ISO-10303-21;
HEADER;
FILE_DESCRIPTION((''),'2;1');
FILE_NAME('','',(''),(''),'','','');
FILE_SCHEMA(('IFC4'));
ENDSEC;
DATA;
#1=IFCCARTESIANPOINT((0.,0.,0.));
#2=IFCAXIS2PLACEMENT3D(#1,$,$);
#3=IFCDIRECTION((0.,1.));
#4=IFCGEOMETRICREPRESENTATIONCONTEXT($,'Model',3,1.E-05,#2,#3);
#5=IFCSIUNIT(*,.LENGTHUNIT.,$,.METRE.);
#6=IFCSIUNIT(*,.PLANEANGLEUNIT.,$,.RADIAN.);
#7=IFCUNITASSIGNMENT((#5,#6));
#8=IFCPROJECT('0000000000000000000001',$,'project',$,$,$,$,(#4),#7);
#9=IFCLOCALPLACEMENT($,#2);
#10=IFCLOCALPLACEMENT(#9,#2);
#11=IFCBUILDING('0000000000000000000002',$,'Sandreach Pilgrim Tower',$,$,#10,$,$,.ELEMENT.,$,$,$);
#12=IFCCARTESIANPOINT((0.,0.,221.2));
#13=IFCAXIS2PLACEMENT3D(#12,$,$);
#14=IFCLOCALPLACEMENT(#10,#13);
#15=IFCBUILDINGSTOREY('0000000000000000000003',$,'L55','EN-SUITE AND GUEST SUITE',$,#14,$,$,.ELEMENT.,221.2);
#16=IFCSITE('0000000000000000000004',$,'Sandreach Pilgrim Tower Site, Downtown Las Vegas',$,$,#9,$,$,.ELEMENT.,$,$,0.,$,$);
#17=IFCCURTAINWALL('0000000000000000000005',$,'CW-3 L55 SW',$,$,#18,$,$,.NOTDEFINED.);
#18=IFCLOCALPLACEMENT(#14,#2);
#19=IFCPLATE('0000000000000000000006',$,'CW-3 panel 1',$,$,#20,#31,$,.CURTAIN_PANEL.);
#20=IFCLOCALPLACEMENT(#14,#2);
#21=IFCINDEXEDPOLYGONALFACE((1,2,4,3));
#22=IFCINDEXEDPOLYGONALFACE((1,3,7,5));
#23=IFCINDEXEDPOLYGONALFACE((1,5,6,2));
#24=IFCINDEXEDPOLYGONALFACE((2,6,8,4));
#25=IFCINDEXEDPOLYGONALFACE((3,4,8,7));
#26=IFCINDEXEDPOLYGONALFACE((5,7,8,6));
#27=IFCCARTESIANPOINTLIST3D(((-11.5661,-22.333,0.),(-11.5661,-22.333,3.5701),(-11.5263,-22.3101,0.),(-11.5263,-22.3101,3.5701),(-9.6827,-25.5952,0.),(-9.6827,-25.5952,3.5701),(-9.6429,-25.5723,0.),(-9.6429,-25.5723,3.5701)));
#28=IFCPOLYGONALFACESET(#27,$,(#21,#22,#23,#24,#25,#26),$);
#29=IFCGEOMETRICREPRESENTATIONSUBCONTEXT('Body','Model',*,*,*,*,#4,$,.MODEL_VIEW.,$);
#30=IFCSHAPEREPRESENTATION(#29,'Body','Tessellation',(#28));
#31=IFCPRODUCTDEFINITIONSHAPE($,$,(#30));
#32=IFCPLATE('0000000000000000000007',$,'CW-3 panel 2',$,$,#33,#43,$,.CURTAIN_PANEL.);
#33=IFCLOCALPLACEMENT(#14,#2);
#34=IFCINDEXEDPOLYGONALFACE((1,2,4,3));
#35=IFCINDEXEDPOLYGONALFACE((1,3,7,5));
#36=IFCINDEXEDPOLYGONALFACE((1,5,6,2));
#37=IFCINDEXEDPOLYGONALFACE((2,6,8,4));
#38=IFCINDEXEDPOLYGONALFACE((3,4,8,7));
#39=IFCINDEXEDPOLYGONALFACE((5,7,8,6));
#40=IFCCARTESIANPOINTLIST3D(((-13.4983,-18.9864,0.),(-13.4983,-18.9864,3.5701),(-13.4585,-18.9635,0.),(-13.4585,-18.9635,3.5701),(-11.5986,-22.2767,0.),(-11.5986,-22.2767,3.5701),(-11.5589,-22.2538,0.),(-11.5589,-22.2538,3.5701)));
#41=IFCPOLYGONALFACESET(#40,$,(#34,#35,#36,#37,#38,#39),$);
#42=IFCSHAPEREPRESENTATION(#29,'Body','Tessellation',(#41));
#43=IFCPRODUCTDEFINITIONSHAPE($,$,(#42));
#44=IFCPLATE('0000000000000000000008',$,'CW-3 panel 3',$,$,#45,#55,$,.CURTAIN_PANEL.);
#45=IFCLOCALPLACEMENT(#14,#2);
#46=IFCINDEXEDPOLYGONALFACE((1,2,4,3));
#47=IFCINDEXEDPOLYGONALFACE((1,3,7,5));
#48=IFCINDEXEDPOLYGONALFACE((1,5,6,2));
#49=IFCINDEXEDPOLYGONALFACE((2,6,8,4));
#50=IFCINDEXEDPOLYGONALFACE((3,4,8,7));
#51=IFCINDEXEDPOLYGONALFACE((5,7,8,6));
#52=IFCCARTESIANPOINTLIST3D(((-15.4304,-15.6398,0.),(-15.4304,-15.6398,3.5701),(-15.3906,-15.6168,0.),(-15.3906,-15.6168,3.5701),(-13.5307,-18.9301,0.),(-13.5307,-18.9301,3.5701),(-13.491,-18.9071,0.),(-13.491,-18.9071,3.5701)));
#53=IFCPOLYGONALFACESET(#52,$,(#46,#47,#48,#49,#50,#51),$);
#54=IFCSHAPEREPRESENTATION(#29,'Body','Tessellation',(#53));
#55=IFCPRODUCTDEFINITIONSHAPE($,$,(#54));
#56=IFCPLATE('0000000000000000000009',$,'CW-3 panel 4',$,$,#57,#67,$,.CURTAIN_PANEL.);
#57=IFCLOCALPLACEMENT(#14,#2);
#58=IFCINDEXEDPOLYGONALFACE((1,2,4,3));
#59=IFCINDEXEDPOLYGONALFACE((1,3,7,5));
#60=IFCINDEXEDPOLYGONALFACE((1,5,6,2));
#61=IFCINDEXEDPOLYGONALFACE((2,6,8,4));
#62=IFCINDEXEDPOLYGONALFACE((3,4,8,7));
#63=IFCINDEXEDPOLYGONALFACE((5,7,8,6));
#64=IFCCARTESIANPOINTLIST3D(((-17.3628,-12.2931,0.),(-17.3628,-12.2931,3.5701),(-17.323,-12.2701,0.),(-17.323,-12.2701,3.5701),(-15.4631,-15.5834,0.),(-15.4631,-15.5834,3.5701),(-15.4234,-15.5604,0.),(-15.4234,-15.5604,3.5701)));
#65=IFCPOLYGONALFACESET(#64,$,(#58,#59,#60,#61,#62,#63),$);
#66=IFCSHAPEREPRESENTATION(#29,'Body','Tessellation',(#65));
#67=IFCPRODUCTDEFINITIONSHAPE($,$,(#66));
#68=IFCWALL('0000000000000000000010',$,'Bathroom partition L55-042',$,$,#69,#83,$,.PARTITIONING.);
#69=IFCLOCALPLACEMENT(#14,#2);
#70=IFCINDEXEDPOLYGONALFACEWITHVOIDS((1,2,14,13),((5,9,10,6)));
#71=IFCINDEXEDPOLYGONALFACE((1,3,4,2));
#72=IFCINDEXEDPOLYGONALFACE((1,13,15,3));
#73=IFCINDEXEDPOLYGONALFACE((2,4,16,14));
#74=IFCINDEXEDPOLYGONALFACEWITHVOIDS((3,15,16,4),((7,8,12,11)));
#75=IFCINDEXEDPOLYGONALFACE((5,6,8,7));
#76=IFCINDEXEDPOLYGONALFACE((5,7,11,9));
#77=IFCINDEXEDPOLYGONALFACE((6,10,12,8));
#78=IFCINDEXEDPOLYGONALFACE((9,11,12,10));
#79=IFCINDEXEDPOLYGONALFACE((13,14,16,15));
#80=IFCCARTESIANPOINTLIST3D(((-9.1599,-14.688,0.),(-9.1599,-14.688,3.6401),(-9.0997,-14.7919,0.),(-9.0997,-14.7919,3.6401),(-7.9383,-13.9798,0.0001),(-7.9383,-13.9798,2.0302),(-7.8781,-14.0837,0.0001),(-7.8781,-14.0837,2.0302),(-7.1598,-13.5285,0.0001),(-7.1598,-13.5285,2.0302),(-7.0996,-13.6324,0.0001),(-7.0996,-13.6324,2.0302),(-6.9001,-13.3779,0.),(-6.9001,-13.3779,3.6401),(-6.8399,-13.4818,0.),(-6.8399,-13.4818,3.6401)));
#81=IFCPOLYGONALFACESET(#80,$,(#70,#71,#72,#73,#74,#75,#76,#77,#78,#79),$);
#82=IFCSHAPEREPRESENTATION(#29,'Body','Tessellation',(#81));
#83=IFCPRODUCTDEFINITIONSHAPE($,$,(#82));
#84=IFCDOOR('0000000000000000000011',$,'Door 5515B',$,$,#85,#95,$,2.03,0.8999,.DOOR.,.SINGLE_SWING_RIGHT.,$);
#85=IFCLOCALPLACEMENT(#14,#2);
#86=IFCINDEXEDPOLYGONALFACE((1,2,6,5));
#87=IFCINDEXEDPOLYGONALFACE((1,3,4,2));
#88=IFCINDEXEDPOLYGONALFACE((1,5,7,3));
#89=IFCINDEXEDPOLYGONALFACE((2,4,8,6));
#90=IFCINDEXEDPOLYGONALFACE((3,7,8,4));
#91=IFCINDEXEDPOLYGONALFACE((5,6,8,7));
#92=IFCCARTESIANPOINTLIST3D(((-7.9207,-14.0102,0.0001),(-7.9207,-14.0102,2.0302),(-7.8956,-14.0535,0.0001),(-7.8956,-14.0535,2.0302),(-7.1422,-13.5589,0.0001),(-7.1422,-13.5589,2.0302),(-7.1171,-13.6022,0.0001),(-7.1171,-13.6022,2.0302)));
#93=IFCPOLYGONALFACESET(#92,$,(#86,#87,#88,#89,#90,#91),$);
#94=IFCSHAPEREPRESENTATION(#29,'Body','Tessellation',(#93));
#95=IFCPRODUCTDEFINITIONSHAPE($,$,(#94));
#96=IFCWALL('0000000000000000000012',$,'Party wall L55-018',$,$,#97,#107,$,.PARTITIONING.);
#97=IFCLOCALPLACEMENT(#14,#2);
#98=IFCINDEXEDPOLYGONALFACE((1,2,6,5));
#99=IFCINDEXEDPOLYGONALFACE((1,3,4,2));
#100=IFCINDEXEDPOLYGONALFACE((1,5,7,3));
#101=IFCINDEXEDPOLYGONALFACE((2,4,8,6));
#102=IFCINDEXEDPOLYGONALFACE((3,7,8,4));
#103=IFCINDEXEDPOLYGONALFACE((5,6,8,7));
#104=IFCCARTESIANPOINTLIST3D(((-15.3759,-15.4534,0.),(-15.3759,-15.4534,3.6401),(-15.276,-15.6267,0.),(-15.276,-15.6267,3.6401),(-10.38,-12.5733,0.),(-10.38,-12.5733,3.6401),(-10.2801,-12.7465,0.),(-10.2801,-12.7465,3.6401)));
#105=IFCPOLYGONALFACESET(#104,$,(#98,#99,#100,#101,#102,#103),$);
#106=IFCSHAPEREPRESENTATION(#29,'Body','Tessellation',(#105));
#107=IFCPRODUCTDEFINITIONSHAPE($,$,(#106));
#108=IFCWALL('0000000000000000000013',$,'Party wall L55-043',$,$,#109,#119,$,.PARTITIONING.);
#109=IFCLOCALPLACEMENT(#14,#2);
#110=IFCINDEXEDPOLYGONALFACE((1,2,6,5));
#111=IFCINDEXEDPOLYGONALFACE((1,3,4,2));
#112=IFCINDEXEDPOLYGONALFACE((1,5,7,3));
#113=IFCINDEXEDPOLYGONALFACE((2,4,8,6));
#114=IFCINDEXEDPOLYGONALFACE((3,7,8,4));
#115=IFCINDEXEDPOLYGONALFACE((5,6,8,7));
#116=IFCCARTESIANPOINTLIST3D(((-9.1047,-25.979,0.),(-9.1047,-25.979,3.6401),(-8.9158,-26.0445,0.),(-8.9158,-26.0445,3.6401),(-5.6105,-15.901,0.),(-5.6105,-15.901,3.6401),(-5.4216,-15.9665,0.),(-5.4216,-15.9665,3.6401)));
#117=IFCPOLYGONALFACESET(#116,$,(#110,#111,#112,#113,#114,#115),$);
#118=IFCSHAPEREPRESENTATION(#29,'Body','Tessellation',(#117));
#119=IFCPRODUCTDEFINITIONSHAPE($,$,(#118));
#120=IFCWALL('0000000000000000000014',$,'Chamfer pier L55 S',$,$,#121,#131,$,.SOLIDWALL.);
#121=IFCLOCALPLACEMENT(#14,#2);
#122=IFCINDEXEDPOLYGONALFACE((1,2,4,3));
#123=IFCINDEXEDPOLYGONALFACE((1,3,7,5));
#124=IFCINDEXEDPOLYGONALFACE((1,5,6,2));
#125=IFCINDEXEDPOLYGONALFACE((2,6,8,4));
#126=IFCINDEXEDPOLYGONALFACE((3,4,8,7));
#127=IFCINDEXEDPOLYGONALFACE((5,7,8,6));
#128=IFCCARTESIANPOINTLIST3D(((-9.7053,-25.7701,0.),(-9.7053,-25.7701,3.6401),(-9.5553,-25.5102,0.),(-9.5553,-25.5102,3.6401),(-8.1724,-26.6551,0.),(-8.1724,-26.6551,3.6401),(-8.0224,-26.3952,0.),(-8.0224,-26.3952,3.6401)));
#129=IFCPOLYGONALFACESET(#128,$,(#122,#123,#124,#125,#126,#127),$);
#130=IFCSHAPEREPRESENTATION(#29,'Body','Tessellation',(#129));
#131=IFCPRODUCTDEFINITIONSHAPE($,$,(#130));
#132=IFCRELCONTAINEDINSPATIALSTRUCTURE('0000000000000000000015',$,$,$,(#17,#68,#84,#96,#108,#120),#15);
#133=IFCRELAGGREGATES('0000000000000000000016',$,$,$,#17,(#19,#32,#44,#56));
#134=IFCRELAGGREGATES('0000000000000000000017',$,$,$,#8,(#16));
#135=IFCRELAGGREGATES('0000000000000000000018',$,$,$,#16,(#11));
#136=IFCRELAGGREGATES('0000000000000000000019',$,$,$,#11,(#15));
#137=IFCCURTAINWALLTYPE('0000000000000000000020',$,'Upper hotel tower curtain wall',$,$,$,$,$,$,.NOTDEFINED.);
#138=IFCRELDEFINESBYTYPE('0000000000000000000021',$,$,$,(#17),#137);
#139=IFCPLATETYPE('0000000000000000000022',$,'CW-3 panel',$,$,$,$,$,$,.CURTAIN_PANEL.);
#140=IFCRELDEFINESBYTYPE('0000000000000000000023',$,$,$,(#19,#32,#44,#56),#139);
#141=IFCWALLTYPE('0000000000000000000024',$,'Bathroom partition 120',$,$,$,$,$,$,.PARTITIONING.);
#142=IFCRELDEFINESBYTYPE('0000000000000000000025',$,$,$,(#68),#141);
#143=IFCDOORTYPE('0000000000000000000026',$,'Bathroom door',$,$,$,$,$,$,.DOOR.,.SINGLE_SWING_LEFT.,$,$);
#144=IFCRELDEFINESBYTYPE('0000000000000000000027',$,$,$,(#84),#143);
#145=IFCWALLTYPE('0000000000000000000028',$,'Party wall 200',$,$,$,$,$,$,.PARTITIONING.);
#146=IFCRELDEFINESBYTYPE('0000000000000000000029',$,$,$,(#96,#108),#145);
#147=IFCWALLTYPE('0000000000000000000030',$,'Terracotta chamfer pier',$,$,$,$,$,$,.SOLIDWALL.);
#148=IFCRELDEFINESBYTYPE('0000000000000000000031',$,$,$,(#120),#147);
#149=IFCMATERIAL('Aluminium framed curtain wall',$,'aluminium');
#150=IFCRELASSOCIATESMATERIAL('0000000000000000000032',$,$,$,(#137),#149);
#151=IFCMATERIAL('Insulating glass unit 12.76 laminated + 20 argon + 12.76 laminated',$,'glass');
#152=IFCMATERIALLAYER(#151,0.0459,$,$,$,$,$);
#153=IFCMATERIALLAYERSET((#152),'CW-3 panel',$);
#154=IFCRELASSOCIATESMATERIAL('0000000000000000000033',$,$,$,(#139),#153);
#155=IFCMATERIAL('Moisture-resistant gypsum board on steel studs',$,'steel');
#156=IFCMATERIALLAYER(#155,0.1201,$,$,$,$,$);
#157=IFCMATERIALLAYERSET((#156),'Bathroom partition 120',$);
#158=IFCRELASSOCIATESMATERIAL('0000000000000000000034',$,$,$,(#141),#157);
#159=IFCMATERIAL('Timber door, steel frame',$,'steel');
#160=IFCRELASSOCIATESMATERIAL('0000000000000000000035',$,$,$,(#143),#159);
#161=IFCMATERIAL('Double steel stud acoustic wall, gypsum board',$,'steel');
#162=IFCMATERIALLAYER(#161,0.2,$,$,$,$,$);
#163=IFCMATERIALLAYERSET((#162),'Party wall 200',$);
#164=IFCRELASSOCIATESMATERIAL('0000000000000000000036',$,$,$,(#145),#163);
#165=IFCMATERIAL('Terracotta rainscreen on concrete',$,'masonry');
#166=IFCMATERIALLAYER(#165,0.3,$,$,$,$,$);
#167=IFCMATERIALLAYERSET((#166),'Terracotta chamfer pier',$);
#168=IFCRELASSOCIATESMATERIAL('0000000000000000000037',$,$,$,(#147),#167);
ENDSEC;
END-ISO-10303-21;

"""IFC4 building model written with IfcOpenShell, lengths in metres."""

from ifc_helpers import new_model, si_unit, direction, frame, frame_2d, origin, origin_2d, place, context, subcontext, project, spatial, rectangle, extrude, material, layer, layer_set, type_object, element, fill, aggregate, save


model = new_model("IFC4")

# Units and contexts
model_context = context("Model", 3, precision=1e-05, world=origin(), true_north=direction((0.0, 1.0)))
body_context = subcontext(model_context, "Body", "Model", "MODEL_VIEW")
ifc_project = project(units=[si_unit("LENGTHUNIT", "METRE"), si_unit("PLANEANGLEUNIT", "RADIAN")], contexts=[model_context])

# Site, building, storey
site_placement = place(None, origin())
site = spatial("IfcSite", under=ifc_project, at=site_placement, Name="Sandreach Pilgrim Tower Site, Downtown Las Vegas", CompositionType="ELEMENT", RefElevation=0.0)
building_placement = place(site_placement, origin())
building = spatial("IfcBuilding", under=site, at=building_placement, Name="Sandreach Pilgrim Tower", CompositionType="ELEMENT")
storey_placement = place(building_placement, frame((0.0, 0.0, 221.2)))
storey = spatial("IfcBuildingStorey", under=building, at=storey_placement, Name="L55", Description="EN-SUITE AND GUEST SUITE", CompositionType="ELEMENT", Elevation=221.2)

# Shared definitions
ifc_material_1 = material(Name="Aluminium framed curtain wall", Category="aluminium")
curtain_wall_type = type_object("IfcCurtainWallType", Name="Upper hotel tower curtain wall", PredefinedType="NOTDEFINED", material=ifc_material_1)

# Curtain wall
curtain_wall_1_placement = place(storey_placement, origin())
curtain_wall_1 = element("IfcCurtainWall", 1, at=curtain_wall_1_placement, inside=storey, type_object=curtain_wall_type, Name="CW-3 L55 SW", PredefinedType="NOTDEFINED")

# Plates
ifc_material_2 = material(Name="Insulating glass unit 12.76 laminated + 20 argon + 12.76 laminated", Category="glass")
ifc_layer_1 = layer(ifc_material_2, 0.0459)
ifc_layer_set_1 = layer_set([ifc_layer_1], Name="CW-3 panel")
plate_type = type_object("IfcPlateType", Name="CW-3 panel", PredefinedType="CURTAIN_PANEL", material=ifc_layer_set_1)
plate_1_placement = place(storey_placement, frame((-10.6045, -23.9526, 0.0), z_axis=(0.0, 0.0, 1.0), x_axis=(-0.5, 0.866025, 0.0)))
plate_1 = element("IfcPlate", 2, at=plate_1_placement, type_object=plate_type, Name="CW-3 panel 1", PredefinedType="CURTAIN_PANEL", context=body_context, shape_type="SweptSolid", body=[
    extrude(rectangle(XDim=3.7668, YDim=0.0459, at=origin_2d()), origin(), (0.0, 0.0, 1.0), 3.5701),
])
plate_2_placement = place(storey_placement, frame((-12.5286, -20.6201, 0.0), z_axis=(0.0, 0.0, 1.0), x_axis=(-0.5, 0.866025, 0.0)))
plate_2 = element("IfcPlate", 3, at=plate_2_placement, type_object=plate_type, Name="CW-3 panel 2", PredefinedType="CURTAIN_PANEL", context=body_context, shape_type="SweptSolid", body=[
    extrude(rectangle(XDim=3.7993, YDim=0.0459, at=origin_2d()), origin(), (0.0, 0.0, 1.0), 3.5701),
])
plate_3_placement = place(storey_placement, frame((-14.4607, -17.2734, 0.0), z_axis=(0.0, 0.0, 1.0), x_axis=(-0.5, 0.866025, 0.0)))
plate_3 = element("IfcPlate", 4, at=plate_3_placement, type_object=plate_type, Name="CW-3 panel 3", PredefinedType="CURTAIN_PANEL", context=body_context, shape_type="SweptSolid", body=[
    extrude(rectangle(XDim=3.7993, YDim=0.0459, at=origin_2d()), origin(), (0.0, 0.0, 1.0), 3.5701),
])
plate_4_placement = place(storey_placement, frame((-16.3931, -13.9268, 0.0), z_axis=(0.0, 0.0, 1.0), x_axis=(-0.5, 0.866025, 0.0)))
plate_4 = element("IfcPlate", 5, at=plate_4_placement, type_object=plate_type, Name="CW-3 panel 4", PredefinedType="CURTAIN_PANEL", context=body_context, shape_type="SweptSolid", body=[
    extrude(rectangle(XDim=3.7993, YDim=0.0459, at=origin_2d()), origin(), (0.0, 0.0, 1.0), 3.5701),
])
aggregate(curtain_wall_1, [plate_1, plate_2, plate_3, plate_4])

# Wall, opening, door
ifc_material_3 = material(Name="Moisture-resistant gypsum board on steel studs", Category="steel")
ifc_layer_2 = layer(ifc_material_3, 0.1201)
ifc_layer_set_2 = layer_set([ifc_layer_2], Name="Bathroom partition 120")
wall_type_1 = type_object("IfcWallType", Name="Bathroom partition 120", PredefinedType="PARTITIONING", material=ifc_layer_set_2)
wall_1_placement = place(storey_placement, frame((-9.1299, -14.74, 0.0), z_axis=(0.0, 0.0, 1.0), x_axis=(0.865132, 0.501545, 0.0)))
wall_1 = element("IfcWall", 6, at=wall_1_placement, inside=storey, type_object=wall_type_1, Name="Bathroom partition L55-042", PredefinedType="PARTITIONING", context=body_context, shape_type="SweptSolid", body=[
    extrude(rectangle(XDim=2.6121, YDim=0.1201, at=frame_2d((1.3062, 0.0))), origin(), (0.0, 0.0, 1.0), 3.6401),
])
opening_placement = place(wall_1_placement, frame((1.4121, 0.0, 0.0)))
opening = element("IfcOpeningElement", 7, at=opening_placement, cuts=wall_1, PredefinedType="OPENING", context=body_context, shape_type="SweptSolid", body=[
    extrude(rectangle(XDim=0.8999, YDim=2.03, at=frame_2d((0.45, 1.0151))), frame((0.0, 0.0601, 0.0), z_axis=(0.0, -1.0, 0.0), x_axis=(1.0, 0.0, 0.0)), (0.0, 0.0, 1.0), 0.1201),
])
ifc_material_4 = material(Name="Timber door, steel frame", Category="steel")
door_type = type_object("IfcDoorType", Name="Bathroom door", OperationType="SINGLE_SWING_LEFT", PredefinedType="DOOR", material=ifc_material_4)
door_placement = place(opening_placement, origin())
door = element("IfcDoor", 8, at=door_placement, inside=storey, type_object=door_type, Name="Door 5515B", OperationType="SINGLE_SWING_RIGHT", OverallHeight=2.03, OverallWidth=0.8999, PredefinedType="DOOR", context=body_context, shape_type="SweptSolid", body=[
    extrude(rectangle(XDim=0.8999, YDim=2.03, at=frame_2d((0.45, 1.0151))), frame((0.0, 0.0249, 0.0), z_axis=(0.0, -1.0, 0.0), x_axis=(1.0, 0.0, 0.0)), (0.0, 0.0, 1.0), 0.05),
])
fill(opening, door)

# Walls
ifc_material_5 = material(Name="Double steel stud acoustic wall, gypsum board", Category="steel")
ifc_layer_3 = layer(ifc_material_5, 0.2)
ifc_layer_set_3 = layer_set([ifc_layer_3], Name="Party wall 200")
wall_type_2 = type_object("IfcWallType", Name="Party wall 200", PredefinedType="PARTITIONING", material=ifc_layer_set_3)
wall_2_placement = place(storey_placement, frame((-15.3259, -15.54, 0.0), z_axis=(0.0, 0.0, 1.0), x_axis=(0.866343, 0.49945, 0.0)))
element("IfcWall", 9, at=wall_2_placement, inside=storey, type_object=wall_type_2, Name="Party wall L55-018", PredefinedType="PARTITIONING", context=body_context, shape_type="SweptSolid", body=[
    extrude(rectangle(XDim=5.7666, YDim=0.2, at=frame_2d((2.8833, 0.0))), origin(), (0.0, 0.0, 1.0), 3.6401),
])
wall_3_placement = place(storey_placement, frame((-9.0103, -26.0117, 0.0), z_axis=(0.0, 0.0, 1.0), x_axis=(0.327583, 0.944822, 0.0)))
element("IfcWall", 10, at=wall_3_placement, inside=storey, type_object=wall_type_2, Name="Party wall L55-043", PredefinedType="PARTITIONING", context=body_context, shape_type="SweptSolid", body=[
    extrude(rectangle(XDim=10.6665, YDim=0.2, at=frame_2d((5.3333, 0.0))), origin(), (0.0, 0.0, 1.0), 3.6401),
])
ifc_material_6 = material(Name="Terracotta rainscreen on concrete", Category="masonry")
ifc_layer_4 = layer(ifc_material_6, 0.3)
ifc_layer_set_4 = layer_set([ifc_layer_4], Name="Terracotta chamfer pier")
wall_type_3 = type_object("IfcWallType", Name="Terracotta chamfer pier", PredefinedType="SOLIDWALL", material=ifc_layer_set_4)
wall_4_placement = place(storey_placement, frame((-8.0974, -26.5251, 0.0), z_axis=(0.0, 0.0, 1.0), x_axis=(-0.866036, 0.499981, 0.0)))
element("IfcWall", 11, at=wall_4_placement, inside=storey, type_object=wall_type_3, Name="Chamfer pier L55 S", PredefinedType="SOLIDWALL", context=body_context, shape_type="SweptSolid", body=[
    extrude(rectangle(XDim=1.77, YDim=0.3, at=frame_2d((0.885, 0.0))), origin(), (0.0, 0.0, 1.0), 3.6401),
])

save(model, "model.ifc")
